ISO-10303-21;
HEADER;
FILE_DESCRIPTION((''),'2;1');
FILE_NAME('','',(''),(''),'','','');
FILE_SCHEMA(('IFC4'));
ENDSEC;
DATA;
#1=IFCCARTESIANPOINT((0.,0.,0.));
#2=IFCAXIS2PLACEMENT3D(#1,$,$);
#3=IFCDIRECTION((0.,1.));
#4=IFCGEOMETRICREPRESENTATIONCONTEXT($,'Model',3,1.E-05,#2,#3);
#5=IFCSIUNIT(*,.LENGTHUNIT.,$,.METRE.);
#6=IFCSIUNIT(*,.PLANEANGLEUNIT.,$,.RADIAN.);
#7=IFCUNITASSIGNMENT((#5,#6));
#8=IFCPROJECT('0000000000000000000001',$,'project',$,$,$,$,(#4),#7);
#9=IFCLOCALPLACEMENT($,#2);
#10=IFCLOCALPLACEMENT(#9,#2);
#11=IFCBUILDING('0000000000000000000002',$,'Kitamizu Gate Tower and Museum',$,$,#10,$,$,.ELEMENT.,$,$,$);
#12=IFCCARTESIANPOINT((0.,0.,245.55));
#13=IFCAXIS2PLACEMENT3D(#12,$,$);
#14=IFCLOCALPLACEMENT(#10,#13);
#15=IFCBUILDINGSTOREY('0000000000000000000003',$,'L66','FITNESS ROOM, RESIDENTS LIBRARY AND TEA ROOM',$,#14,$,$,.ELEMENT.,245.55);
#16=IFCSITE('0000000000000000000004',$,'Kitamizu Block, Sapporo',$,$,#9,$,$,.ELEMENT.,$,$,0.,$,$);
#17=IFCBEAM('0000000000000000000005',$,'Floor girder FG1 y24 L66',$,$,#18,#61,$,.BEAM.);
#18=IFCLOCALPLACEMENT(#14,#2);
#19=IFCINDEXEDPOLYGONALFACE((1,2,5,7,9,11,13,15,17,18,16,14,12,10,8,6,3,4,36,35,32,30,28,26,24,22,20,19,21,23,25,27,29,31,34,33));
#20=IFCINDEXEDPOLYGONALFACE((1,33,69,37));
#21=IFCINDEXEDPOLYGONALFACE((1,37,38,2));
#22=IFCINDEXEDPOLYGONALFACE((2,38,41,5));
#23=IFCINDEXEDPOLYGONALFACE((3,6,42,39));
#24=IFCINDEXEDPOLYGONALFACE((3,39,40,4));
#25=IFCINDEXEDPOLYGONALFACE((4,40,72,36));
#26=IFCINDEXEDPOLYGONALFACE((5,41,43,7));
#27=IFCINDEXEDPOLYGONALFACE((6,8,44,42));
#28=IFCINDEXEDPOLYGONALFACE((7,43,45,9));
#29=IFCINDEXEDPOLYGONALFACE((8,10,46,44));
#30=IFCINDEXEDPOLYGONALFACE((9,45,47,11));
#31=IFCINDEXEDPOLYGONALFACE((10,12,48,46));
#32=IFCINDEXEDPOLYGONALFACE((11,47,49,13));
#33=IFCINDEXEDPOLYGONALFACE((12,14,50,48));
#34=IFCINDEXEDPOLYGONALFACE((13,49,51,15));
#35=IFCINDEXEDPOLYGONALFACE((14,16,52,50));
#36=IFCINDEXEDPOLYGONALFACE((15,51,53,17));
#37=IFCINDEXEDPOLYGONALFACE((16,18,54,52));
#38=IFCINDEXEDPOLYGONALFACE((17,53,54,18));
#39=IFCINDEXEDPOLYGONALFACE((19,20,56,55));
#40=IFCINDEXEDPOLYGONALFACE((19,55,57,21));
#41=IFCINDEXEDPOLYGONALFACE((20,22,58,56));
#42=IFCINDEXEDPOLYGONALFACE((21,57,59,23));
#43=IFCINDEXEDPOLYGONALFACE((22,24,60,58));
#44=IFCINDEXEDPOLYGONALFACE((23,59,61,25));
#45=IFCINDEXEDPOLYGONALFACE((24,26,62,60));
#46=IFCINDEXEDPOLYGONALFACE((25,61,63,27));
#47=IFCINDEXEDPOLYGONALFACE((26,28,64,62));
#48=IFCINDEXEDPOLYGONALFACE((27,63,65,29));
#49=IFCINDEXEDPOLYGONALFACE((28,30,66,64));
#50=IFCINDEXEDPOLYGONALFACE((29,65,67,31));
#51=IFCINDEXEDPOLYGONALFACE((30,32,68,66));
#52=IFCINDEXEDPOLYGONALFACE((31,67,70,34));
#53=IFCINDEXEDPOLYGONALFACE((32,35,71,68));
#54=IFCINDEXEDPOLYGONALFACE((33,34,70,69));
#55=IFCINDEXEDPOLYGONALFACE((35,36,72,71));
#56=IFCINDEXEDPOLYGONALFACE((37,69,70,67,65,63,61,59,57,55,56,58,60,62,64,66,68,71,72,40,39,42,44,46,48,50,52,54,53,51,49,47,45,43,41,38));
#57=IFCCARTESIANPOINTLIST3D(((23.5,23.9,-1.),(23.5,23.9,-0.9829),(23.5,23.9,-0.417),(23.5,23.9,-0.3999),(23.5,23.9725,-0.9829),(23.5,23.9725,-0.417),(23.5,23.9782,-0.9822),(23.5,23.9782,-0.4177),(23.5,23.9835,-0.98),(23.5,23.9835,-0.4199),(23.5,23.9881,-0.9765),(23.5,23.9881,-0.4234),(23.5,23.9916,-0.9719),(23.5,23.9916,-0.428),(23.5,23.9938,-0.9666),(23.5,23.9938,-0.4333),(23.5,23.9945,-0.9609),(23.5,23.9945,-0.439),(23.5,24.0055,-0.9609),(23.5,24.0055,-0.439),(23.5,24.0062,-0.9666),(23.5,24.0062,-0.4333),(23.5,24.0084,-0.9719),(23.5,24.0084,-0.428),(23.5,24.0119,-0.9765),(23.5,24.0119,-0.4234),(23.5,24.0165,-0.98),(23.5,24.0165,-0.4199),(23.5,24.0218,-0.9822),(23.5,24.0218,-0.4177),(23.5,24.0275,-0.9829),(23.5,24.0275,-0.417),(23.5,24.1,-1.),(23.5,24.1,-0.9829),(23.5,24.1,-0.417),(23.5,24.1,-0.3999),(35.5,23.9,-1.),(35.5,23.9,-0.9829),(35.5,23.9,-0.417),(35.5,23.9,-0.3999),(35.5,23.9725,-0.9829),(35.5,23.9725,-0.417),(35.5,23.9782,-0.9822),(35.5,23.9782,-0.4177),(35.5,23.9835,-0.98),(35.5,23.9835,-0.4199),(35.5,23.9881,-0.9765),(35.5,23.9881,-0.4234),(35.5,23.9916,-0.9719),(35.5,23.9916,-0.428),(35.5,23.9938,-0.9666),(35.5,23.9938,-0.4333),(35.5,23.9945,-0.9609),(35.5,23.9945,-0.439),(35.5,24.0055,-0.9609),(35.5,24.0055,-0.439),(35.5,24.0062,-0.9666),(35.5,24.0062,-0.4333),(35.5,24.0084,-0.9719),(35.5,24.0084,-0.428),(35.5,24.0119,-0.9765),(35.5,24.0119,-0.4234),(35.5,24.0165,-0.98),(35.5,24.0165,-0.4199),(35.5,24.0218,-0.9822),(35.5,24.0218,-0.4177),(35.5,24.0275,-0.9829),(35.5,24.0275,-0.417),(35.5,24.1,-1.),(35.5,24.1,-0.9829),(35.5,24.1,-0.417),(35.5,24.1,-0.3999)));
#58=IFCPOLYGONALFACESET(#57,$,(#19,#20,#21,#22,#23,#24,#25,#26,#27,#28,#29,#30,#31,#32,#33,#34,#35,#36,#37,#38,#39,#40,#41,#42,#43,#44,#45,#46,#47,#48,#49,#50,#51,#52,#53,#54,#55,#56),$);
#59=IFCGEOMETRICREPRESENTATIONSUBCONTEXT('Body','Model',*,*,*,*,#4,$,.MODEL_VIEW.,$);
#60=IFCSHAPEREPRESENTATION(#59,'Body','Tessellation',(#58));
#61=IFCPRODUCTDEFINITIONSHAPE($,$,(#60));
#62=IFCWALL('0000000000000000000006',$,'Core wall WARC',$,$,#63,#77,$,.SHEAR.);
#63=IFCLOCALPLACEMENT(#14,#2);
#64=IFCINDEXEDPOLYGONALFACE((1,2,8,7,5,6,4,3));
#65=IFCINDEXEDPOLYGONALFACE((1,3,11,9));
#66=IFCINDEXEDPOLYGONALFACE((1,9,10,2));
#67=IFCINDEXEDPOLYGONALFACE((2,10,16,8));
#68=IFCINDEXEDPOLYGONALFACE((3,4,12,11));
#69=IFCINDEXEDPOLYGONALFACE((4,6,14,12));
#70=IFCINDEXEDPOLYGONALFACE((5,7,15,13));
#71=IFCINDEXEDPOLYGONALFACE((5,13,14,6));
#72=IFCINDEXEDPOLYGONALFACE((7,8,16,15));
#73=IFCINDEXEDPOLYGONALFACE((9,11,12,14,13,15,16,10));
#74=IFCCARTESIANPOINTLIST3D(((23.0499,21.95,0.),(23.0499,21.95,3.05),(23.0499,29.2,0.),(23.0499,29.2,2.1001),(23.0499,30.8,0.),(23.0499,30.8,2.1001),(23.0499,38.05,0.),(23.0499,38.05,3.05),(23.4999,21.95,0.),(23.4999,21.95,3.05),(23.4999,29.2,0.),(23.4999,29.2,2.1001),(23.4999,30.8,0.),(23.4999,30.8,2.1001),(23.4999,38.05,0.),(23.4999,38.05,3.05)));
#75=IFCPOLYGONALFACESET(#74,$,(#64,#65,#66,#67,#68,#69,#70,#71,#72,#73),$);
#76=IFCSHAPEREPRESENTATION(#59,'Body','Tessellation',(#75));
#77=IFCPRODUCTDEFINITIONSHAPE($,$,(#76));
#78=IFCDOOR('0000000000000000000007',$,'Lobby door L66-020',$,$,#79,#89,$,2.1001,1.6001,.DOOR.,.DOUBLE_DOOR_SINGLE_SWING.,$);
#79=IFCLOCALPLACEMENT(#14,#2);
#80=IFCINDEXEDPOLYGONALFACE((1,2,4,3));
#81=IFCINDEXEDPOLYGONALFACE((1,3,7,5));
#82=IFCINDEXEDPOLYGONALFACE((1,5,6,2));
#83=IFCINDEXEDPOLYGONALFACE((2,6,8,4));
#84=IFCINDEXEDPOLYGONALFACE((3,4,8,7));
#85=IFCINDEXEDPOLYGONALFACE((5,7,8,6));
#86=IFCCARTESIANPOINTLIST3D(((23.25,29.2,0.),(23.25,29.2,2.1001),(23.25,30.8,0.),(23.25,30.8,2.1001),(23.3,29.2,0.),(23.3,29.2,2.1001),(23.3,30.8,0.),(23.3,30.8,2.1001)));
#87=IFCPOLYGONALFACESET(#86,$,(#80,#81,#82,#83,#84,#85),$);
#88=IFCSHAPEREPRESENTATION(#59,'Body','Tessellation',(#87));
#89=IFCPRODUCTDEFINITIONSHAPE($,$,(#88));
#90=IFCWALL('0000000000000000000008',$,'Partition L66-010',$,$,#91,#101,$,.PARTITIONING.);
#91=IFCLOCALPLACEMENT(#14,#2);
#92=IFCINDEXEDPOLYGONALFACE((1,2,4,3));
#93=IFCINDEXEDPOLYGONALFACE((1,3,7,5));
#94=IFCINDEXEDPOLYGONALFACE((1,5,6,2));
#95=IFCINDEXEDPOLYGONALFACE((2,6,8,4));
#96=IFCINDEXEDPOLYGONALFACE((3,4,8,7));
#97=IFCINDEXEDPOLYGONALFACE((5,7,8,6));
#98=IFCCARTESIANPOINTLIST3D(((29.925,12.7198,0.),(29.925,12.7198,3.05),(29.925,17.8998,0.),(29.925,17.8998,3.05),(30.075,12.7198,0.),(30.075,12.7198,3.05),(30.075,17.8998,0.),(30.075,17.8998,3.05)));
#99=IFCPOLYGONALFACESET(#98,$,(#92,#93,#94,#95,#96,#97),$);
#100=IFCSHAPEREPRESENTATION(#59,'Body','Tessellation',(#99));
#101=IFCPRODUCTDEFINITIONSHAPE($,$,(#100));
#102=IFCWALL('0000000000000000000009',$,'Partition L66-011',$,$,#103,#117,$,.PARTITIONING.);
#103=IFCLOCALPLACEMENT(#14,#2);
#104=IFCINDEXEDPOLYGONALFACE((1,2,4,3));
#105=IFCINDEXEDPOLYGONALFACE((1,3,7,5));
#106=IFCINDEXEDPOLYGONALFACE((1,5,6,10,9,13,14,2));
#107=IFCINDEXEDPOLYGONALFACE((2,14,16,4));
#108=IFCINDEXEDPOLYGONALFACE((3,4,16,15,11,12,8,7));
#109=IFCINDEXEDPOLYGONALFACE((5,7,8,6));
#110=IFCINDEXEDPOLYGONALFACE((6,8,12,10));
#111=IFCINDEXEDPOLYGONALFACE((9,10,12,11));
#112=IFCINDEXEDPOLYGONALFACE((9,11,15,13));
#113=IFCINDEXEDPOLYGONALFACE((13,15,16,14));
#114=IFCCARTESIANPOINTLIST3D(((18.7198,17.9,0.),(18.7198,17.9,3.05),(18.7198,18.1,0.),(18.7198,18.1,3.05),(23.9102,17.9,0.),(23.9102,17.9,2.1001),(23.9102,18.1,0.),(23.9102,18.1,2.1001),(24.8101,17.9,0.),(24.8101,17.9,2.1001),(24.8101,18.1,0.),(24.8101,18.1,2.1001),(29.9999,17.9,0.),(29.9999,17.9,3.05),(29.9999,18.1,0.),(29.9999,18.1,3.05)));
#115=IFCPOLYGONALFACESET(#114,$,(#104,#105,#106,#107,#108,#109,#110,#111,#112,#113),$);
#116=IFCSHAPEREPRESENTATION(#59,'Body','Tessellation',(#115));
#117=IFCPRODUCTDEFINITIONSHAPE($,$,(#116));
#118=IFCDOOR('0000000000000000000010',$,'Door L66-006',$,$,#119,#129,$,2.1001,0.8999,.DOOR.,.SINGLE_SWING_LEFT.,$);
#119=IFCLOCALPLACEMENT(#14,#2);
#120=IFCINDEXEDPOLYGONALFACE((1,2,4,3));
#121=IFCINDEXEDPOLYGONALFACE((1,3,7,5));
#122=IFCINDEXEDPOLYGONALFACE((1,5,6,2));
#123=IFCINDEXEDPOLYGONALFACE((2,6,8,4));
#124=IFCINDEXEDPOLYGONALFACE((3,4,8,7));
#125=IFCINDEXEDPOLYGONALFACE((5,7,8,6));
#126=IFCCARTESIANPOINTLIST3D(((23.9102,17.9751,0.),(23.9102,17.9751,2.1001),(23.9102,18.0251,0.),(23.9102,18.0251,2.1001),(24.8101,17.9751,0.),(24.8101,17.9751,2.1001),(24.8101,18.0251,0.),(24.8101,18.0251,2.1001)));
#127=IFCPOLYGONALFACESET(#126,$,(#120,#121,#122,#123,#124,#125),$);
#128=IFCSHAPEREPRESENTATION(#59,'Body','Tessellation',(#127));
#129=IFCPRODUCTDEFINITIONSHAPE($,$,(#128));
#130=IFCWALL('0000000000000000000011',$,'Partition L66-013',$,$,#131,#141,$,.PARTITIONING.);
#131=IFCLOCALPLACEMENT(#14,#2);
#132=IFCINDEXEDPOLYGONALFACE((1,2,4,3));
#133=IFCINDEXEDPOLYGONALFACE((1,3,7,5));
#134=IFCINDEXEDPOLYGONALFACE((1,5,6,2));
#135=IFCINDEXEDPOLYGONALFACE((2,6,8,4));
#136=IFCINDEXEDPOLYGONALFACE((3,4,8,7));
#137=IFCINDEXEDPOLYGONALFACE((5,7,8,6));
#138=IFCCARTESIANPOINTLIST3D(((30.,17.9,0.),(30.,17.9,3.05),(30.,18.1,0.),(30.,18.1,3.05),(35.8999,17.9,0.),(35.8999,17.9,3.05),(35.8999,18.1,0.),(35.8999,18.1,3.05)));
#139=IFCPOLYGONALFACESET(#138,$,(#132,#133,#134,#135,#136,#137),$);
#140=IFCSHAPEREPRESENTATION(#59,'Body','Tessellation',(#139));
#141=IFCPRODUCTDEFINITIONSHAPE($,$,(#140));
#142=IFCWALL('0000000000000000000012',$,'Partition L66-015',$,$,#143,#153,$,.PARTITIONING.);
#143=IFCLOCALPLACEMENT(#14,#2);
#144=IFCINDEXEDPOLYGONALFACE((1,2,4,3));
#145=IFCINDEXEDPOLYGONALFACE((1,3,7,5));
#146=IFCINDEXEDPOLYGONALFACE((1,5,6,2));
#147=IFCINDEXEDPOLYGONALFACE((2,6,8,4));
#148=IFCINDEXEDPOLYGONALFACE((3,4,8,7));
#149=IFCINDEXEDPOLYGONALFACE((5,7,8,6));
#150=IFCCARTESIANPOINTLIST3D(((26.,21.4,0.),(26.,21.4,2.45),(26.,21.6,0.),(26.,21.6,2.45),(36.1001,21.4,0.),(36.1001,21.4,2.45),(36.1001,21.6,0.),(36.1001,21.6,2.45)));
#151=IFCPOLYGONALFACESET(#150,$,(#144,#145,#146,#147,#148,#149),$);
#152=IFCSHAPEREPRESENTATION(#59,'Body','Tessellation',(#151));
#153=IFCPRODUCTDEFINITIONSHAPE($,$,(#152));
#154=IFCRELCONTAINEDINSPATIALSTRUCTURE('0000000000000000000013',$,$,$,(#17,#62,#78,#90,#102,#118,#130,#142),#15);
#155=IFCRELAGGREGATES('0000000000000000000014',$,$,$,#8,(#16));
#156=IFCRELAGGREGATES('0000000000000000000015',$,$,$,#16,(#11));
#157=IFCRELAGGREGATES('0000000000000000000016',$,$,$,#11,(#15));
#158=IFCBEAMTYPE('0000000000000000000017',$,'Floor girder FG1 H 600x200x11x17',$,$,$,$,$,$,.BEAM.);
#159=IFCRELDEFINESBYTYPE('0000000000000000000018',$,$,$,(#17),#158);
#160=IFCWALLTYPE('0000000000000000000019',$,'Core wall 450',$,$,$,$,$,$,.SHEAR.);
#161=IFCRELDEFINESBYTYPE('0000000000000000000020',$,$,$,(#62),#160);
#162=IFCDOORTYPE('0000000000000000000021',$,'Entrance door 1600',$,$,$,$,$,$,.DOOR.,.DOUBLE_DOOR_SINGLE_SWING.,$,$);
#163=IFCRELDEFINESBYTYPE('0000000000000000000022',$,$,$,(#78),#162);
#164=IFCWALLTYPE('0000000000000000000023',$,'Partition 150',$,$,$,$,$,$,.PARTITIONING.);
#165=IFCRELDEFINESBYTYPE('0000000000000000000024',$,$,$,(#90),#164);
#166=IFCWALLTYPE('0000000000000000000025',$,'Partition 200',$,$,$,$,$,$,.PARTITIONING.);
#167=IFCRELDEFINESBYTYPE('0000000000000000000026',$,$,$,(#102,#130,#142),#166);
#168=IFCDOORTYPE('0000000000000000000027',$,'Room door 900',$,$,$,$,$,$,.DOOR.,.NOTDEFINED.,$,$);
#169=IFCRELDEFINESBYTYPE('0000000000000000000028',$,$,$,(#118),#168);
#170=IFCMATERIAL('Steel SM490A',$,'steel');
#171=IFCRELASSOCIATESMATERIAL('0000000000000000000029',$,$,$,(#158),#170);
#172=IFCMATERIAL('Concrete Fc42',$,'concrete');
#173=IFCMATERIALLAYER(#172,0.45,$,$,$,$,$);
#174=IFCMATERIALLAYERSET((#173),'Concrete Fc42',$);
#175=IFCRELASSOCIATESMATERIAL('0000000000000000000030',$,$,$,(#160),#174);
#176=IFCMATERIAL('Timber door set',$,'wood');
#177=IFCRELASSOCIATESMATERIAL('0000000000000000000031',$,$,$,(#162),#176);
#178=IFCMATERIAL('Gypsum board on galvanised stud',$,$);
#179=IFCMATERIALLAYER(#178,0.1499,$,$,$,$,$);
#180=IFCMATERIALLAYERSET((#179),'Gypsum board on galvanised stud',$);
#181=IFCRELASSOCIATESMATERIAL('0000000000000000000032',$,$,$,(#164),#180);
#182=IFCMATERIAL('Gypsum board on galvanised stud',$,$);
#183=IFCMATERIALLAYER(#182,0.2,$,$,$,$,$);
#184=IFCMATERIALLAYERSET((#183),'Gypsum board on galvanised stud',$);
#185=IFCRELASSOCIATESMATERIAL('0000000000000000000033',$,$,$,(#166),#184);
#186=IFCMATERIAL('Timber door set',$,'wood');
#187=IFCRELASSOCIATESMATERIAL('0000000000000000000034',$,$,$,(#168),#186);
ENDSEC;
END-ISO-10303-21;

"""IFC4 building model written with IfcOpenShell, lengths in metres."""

from ifc_helpers import new_model, si_unit, direction, frame, frame_2d, origin, origin_2d, place, context, subcontext, project, spatial, rectangle, i_section, extrude, material, layer, layer_set, material_profile, profile_set, type_object, element, fill, save


model = new_model("IFC4")

# Units and contexts
model_context = context("Model", 3, precision=1e-05, world=origin(), true_north=direction((0.0, 1.0)))
body_context = subcontext(model_context, "Body", "Model", "MODEL_VIEW")
ifc_project = project(units=[si_unit("LENGTHUNIT", "METRE"), si_unit("PLANEANGLEUNIT", "RADIAN")], contexts=[model_context])

# Site, building, storey
site_placement = place(None, origin())
site = spatial("IfcSite", under=ifc_project, at=site_placement, Name="Kitamizu Block, Sapporo", CompositionType="ELEMENT", RefElevation=0.0)
building_placement = place(site_placement, origin())
building = spatial("IfcBuilding", under=site, at=building_placement, Name="Kitamizu Gate Tower and Museum", CompositionType="ELEMENT")
storey_placement = place(building_placement, frame((0.0, 0.0, 245.55)))
storey = spatial("IfcBuildingStorey", under=building, at=storey_placement, Name="L66", Description="FITNESS ROOM, RESIDENTS LIBRARY AND TEA ROOM", CompositionType="ELEMENT", Elevation=245.55)

# Beam
ifc_material_1 = material(Name="Steel SM490A", Category="steel")
ifc_material_profile_1 = material_profile(ifc_material_1, i_section(OverallWidth=0.2, OverallDepth=0.6001, WebThickness=0.011, FlangeThickness=0.0171, FilletRadius=0.022, at=origin_2d()), Name="H-600x200x11x17")
ifc_profile_set_1 = profile_set([ifc_material_profile_1], Name="Steel SM490A")
beam_type_1 = type_object("IfcBeamType", Name="Floor girder FG1 H 600x200x11x17", PredefinedType="BEAM", material=ifc_profile_set_1)
beam_1_placement = place(storey_placement, frame((23.5, 24.0, -0.7), z_axis=(1.0, 0.0, 0.0), x_axis=(0.0, 1.0, 0.0)))
element("IfcBeam", 1, at=beam_1_placement, inside=storey, type_object=beam_type_1, Name="Floor girder FG1 y24 L66", PredefinedType="BEAM", context=body_context, shape_type="SweptSolid", body=[
    extrude(i_section(OverallWidth=0.2, OverallDepth=0.6001, WebThickness=0.011, FlangeThickness=0.0171, FilletRadius=0.022, at=origin_2d()), origin(), (0.0, 0.0, 1.0), 12.0),
])

# Wall, opening, door
ifc_material_2 = material(Name="Concrete Fc42", Category="concrete")
ifc_layer_1 = layer(ifc_material_2, 0.45)
ifc_layer_set_1 = layer_set([ifc_layer_1], Name="Concrete Fc42")
wall_type_1 = type_object("IfcWallType", Name="Core wall 450", PredefinedType="SHEAR", material=ifc_layer_set_1)
wall_1_placement = place(storey_placement, frame((23.2749, 21.95, 0.0), z_axis=(0.0, 0.0, 1.0), x_axis=(0.0, 1.0, 0.0)))
wall_1 = element("IfcWall", 2, at=wall_1_placement, inside=storey, type_object=wall_type_1, Name="Core wall WARC", PredefinedType="SHEAR", context=body_context, shape_type="SweptSolid", body=[
    extrude(rectangle(XDim=16.1001, YDim=0.45, at=frame_2d((8.05, 0.0))), origin(), (0.0, 0.0, 1.0), 3.05),
])
opening_1_placement = place(wall_1_placement, frame((7.25, 0.0, 0.0)))
opening_1 = element("IfcOpeningElement", 3, at=opening_1_placement, cuts=wall_1, PredefinedType="OPENING", context=body_context, shape_type="SweptSolid", body=[
    extrude(rectangle(XDim=1.6001, YDim=2.1001, at=frame_2d((0.8, 1.05))), frame((0.0, 0.2349, 0.0), z_axis=(0.0, -1.0, 0.0), x_axis=(1.0, 0.0, 0.0)), (0.0, 0.0, 1.0), 0.47),
])
ifc_material_3 = material(Name="Timber door set", Category="wood")
door_type_1 = type_object("IfcDoorType", Name="Entrance door 1600", OperationType="DOUBLE_DOOR_SINGLE_SWING", PredefinedType="DOOR", material=ifc_material_3)
door_1_placement = place(opening_1_placement, origin())
door_1 = element("IfcDoor", 4, at=door_1_placement, inside=storey, type_object=door_type_1, Name="Lobby door L66-020", OperationType="DOUBLE_DOOR_SINGLE_SWING", OverallHeight=2.1001, OverallWidth=1.6001, PredefinedType="DOOR", context=body_context, shape_type="SweptSolid", body=[
    extrude(rectangle(XDim=1.6001, YDim=2.1001, at=frame_2d((0.8, 1.05))), frame((0.0, 0.0249, 0.0), z_axis=(0.0, -1.0, 0.0), x_axis=(1.0, 0.0, 0.0)), (0.0, 0.0, 1.0), 0.05),
])
fill(opening_1, door_1)

# Wall
ifc_material_4 = material(Name="Gypsum board on galvanised stud")
ifc_layer_2 = layer(ifc_material_4, 0.1499)
ifc_layer_set_2 = layer_set([ifc_layer_2], Name="Gypsum board on galvanised stud")
wall_type_2 = type_object("IfcWallType", Name="Partition 150", PredefinedType="PARTITIONING", material=ifc_layer_set_2)
wall_2_placement = place(storey_placement, frame((30.0, 12.72, 0.0), z_axis=(0.0, 0.0, 1.0), x_axis=(0.0, 1.0, 0.0)))
element("IfcWall", 5, at=wall_2_placement, inside=storey, type_object=wall_type_2, Name="Partition L66-010", PredefinedType="PARTITIONING", context=body_context, shape_type="SweptSolid", body=[
    extrude(rectangle(XDim=5.1799, YDim=0.1499, at=frame_2d((2.5898, 0.0))), origin(), (0.0, 0.0, 1.0), 3.05),
])

# Wall, opening, door
ifc_material_5 = material(Name="Gypsum board on galvanised stud")
ifc_layer_3 = layer(ifc_material_5, 0.2)
ifc_layer_set_3 = layer_set([ifc_layer_3], Name="Gypsum board on galvanised stud")
wall_type_3 = type_object("IfcWallType", Name="Partition 200", PredefinedType="PARTITIONING", material=ifc_layer_set_3)
wall_3_placement = place(storey_placement, frame((30.0, 18.0, 0.0), z_axis=(0.0, 0.0, 1.0), x_axis=(-1.0, 0.0, 0.0)))
wall_3 = element("IfcWall", 6, at=wall_3_placement, inside=storey, type_object=wall_type_3, Name="Partition L66-011", PredefinedType="PARTITIONING", context=body_context, shape_type="SweptSolid", body=[
    extrude(rectangle(XDim=11.28, YDim=0.2, at=frame_2d((5.6401, 0.0))), origin(), (0.0, 0.0, 1.0), 3.05),
])
opening_2_placement = place(wall_3_placement, frame((5.1899, 0.0, 0.0)))
opening_2 = element("IfcOpeningElement", 7, at=opening_2_placement, cuts=wall_3, PredefinedType="OPENING", context=body_context, shape_type="SweptSolid", body=[
    extrude(rectangle(XDim=0.8999, YDim=2.1001, at=frame_2d((0.45, 1.05))), frame((0.0, 0.1099, 0.0), z_axis=(0.0, -1.0, 0.0), x_axis=(1.0, 0.0, 0.0)), (0.0, 0.0, 1.0), 0.22),
])
ifc_material_6 = material(Name="Timber door set", Category="wood")
door_type_2 = type_object("IfcDoorType", Name="Room door 900", OperationType="NOTDEFINED", PredefinedType="DOOR", material=ifc_material_6)
door_2_placement = place(opening_2_placement, origin())
door_2 = element("IfcDoor", 8, at=door_2_placement, inside=storey, type_object=door_type_2, Name="Door L66-006", OperationType="SINGLE_SWING_LEFT", OverallHeight=2.1001, OverallWidth=0.8999, PredefinedType="DOOR", context=body_context, shape_type="SweptSolid", body=[
    extrude(rectangle(XDim=0.8999, YDim=2.1001, at=frame_2d((0.45, 1.05))), frame((0.0, 0.0249, 0.0), z_axis=(0.0, -1.0, 0.0), x_axis=(1.0, 0.0, 0.0)), (0.0, 0.0, 1.0), 0.05),
])
fill(opening_2, door_2)

# Walls
wall_4_placement = place(storey_placement, frame((35.8999, 18.0, 0.0), z_axis=(0.0, 0.0, 1.0), x_axis=(-1.0, 0.0, 0.0)))
element("IfcWall", 9, at=wall_4_placement, inside=storey, type_object=wall_type_3, Name="Partition L66-013", PredefinedType="PARTITIONING", context=body_context, shape_type="SweptSolid", body=[
    extrude(rectangle(XDim=5.8999, YDim=0.2, at=frame_2d((2.95, 0.0))), origin(), (0.0, 0.0, 1.0), 3.05),
])
wall_5_placement = place(storey_placement, frame((26.0, 21.5, 0.0), z_axis=(0.0, 0.0, 1.0), x_axis=(1.0, 0.0, 0.0)))
element("IfcWall", 10, at=wall_5_placement, inside=storey, type_object=wall_type_3, Name="Partition L66-015", PredefinedType="PARTITIONING", context=body_context, shape_type="SweptSolid", body=[
    extrude(rectangle(XDim=10.1001, YDim=0.2, at=frame_2d((5.05, 0.0))), origin(), (0.0, 0.0, 1.0), 2.45),
])

save(model, "model.ifc")
